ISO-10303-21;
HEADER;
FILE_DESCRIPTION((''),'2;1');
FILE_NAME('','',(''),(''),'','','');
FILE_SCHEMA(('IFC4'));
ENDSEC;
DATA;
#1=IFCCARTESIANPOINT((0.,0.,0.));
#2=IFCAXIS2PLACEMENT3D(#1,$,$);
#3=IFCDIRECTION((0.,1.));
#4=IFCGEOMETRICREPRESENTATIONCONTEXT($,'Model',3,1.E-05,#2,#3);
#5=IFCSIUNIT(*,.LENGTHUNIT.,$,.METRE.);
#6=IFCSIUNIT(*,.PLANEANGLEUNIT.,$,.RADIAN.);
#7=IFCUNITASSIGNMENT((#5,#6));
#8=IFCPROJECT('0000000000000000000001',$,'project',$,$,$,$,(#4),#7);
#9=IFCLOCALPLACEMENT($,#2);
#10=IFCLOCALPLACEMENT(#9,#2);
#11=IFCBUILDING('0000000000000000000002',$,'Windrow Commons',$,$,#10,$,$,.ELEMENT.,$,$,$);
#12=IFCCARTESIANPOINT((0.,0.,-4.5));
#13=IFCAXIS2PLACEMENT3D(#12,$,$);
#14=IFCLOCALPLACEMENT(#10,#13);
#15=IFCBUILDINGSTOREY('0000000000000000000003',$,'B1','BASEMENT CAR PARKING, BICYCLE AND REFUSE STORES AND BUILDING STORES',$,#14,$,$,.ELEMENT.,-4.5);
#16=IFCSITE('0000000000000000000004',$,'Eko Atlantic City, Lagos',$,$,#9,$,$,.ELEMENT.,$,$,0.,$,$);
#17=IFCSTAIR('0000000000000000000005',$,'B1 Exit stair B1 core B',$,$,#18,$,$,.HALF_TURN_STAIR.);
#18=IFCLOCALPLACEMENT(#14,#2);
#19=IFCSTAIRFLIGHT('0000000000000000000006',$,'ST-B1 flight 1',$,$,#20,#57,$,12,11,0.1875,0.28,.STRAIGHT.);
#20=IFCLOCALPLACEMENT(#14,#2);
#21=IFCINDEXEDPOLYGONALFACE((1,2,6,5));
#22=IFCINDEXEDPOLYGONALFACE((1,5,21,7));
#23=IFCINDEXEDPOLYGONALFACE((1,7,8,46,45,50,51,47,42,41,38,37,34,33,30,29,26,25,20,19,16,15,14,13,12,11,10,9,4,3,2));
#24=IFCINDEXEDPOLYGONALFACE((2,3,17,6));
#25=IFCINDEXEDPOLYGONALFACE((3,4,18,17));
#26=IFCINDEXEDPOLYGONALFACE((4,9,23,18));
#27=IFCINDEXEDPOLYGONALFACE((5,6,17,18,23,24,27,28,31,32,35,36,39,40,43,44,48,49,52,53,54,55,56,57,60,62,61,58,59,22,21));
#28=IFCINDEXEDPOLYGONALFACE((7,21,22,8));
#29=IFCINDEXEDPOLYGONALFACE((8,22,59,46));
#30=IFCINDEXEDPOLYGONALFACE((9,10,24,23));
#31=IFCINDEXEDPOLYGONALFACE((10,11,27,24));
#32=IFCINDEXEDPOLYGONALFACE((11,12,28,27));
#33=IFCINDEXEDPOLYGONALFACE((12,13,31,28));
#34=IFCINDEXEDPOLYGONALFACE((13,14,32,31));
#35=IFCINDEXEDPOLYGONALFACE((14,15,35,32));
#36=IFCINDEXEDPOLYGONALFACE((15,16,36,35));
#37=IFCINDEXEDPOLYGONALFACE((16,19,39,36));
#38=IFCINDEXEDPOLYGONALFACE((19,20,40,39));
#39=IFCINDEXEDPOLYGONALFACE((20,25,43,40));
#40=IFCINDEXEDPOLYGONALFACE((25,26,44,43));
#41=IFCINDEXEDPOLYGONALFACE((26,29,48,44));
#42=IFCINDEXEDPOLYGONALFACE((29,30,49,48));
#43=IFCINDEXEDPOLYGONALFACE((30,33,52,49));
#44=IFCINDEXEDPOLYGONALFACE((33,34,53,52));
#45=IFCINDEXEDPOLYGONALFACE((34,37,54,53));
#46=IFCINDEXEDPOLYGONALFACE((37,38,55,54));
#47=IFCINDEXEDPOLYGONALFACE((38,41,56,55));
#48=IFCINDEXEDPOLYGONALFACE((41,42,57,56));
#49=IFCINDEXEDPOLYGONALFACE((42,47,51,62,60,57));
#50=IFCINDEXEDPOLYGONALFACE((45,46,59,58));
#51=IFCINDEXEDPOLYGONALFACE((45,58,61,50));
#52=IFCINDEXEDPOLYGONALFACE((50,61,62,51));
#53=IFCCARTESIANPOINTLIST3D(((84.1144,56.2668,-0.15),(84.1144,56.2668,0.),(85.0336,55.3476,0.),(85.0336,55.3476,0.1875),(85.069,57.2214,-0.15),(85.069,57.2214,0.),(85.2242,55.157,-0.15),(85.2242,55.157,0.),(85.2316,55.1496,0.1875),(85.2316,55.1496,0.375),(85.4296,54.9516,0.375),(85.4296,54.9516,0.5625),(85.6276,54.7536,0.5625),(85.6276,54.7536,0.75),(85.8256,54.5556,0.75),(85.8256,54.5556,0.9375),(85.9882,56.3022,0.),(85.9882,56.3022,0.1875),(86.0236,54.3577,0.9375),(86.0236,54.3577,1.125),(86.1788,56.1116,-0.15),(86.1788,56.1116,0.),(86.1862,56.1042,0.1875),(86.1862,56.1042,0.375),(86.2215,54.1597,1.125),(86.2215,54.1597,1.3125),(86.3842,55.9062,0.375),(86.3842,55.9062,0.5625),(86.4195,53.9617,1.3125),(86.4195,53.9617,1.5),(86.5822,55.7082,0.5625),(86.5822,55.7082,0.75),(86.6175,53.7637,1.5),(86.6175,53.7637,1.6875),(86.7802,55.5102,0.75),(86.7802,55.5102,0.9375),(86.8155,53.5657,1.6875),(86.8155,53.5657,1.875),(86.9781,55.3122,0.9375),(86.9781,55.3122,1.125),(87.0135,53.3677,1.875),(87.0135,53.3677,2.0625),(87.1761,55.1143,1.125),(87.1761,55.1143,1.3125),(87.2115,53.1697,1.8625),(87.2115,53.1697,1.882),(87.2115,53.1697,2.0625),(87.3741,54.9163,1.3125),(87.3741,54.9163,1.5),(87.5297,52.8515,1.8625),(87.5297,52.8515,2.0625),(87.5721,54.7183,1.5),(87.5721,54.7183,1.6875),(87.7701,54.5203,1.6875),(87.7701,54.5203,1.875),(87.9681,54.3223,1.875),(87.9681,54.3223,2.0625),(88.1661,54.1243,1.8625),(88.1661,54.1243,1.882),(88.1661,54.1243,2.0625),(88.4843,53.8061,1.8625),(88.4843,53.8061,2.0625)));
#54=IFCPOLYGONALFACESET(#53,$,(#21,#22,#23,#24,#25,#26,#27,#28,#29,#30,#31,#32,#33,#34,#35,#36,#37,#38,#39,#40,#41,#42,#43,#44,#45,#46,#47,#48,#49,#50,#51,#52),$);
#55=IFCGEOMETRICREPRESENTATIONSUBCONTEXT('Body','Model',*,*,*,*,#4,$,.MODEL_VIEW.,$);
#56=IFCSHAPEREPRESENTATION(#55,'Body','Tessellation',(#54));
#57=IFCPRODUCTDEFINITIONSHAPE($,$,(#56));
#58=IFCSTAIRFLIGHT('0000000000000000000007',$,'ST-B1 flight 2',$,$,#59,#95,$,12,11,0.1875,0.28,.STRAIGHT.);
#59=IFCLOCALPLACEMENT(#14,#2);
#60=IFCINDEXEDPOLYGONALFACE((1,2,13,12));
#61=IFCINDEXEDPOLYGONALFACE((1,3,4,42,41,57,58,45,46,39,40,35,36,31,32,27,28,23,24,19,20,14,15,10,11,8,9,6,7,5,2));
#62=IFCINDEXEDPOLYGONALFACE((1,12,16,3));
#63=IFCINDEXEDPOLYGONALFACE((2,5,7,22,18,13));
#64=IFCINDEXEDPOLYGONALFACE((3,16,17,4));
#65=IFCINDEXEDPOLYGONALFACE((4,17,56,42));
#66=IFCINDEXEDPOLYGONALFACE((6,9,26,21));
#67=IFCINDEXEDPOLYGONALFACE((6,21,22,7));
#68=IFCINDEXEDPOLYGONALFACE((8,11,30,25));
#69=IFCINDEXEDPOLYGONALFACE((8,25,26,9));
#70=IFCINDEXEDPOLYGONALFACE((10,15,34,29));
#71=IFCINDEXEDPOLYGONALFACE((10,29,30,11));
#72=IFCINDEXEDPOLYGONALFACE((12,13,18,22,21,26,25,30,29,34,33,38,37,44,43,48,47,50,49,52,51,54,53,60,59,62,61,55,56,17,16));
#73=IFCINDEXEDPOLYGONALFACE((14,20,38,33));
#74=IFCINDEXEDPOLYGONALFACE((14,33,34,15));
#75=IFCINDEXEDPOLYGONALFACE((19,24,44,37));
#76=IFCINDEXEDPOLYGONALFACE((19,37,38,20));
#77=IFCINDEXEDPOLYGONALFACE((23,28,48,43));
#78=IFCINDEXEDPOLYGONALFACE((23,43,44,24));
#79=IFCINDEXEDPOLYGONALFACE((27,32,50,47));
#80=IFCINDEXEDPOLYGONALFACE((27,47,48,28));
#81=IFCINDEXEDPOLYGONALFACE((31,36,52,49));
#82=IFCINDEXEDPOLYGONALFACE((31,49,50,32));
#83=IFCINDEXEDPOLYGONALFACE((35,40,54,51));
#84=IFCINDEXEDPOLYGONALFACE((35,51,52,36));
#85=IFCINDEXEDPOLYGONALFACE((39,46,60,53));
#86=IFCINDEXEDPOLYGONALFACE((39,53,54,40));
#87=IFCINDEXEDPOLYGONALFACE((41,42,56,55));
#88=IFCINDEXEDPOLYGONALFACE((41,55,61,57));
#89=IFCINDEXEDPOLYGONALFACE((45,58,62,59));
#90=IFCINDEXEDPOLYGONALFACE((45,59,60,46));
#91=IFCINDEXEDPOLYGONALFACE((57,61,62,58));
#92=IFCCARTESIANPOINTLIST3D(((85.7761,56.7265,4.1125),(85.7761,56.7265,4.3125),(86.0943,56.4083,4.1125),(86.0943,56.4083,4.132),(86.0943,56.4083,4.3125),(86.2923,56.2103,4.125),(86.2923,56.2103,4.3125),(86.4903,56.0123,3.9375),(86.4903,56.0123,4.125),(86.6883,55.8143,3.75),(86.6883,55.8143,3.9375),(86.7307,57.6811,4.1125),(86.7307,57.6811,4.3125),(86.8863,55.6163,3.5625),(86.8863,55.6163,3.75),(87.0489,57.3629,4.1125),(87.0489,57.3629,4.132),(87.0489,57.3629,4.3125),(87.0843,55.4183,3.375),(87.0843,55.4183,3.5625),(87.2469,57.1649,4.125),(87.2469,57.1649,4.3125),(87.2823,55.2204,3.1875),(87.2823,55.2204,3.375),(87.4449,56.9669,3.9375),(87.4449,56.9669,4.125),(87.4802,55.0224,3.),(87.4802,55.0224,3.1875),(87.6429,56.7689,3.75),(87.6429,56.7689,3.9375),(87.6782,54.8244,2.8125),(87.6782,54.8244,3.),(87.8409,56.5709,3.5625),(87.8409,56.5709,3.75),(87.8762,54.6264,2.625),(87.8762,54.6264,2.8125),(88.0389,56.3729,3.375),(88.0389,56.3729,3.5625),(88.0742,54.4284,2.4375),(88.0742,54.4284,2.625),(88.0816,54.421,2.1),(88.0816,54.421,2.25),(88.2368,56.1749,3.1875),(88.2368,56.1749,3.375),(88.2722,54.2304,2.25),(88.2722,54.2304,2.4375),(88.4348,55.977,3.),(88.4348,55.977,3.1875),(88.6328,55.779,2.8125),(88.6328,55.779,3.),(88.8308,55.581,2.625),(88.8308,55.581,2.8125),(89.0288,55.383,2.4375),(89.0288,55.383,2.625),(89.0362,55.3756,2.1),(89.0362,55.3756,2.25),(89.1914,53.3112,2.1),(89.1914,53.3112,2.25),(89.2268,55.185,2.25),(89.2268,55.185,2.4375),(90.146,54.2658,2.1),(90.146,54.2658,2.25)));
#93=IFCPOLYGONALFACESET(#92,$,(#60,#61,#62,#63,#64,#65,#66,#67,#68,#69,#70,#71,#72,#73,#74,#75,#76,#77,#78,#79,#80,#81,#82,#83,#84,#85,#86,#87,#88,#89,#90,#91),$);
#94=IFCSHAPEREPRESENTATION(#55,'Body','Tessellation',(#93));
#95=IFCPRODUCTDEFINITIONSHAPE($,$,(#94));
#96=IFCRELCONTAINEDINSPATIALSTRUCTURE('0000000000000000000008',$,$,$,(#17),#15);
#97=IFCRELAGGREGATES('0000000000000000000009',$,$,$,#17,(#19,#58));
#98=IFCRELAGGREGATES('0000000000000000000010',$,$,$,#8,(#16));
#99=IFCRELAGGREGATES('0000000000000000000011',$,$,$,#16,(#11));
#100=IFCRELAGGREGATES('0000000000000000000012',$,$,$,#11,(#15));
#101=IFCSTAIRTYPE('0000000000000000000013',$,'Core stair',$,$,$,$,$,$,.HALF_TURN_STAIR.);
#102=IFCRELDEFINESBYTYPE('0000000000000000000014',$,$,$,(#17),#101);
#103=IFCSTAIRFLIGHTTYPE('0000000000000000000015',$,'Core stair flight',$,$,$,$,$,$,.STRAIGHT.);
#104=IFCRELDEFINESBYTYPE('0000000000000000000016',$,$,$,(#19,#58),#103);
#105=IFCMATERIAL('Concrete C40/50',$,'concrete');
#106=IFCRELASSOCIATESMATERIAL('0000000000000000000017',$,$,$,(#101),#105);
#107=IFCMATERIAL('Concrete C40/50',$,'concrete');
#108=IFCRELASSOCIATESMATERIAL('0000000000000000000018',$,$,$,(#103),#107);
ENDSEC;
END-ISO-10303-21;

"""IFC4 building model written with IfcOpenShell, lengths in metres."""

from ifc_helpers import new_model, si_unit, direction, frame, origin, place, context, subcontext, project, spatial, polyline, outline, extrude, material, type_object, element, aggregate, save


model = new_model("IFC4")

# Units and contexts
model_context = context("Model", 3, precision=1e-05, world=origin(), true_north=direction((0.0, 1.0)))
body_context = subcontext(model_context, "Body", "Model", "MODEL_VIEW")
ifc_project = project(units=[si_unit("LENGTHUNIT", "METRE"), si_unit("PLANEANGLEUNIT", "RADIAN")], contexts=[model_context])

# Site, building, storey
site_placement = place(None, origin())
site = spatial("IfcSite", under=ifc_project, at=site_placement, Name="Eko Atlantic City, Lagos", CompositionType="ELEMENT", RefElevation=0.0)
building_placement = place(site_placement, origin())
building = spatial("IfcBuilding", under=site, at=building_placement, Name="Windrow Commons", CompositionType="ELEMENT")
storey_placement = place(building_placement, frame((0.0, 0.0, -4.5)))
storey = spatial("IfcBuildingStorey", under=building, at=storey_placement, Name="B1", Description="BASEMENT CAR PARKING, BICYCLE AND REFUSE STORES AND BUILDING STORES", CompositionType="ELEMENT", Elevation=-4.5)

# Stair, stair flights
ifc_material_1 = material(Name="Concrete C40/50", Category="concrete")
stair_type = type_object("IfcStairType", Name="Core stair", PredefinedType="HALF_TURN_STAIR", material=ifc_material_1)
stair_placement = place(storey_placement, origin())
stair = element("IfcStair", 1, at=stair_placement, inside=storey, type_object=stair_type, Name="B1 Exit stair B1 core B", PredefinedType="HALF_TURN_STAIR")
ifc_material_2 = material(Name="Concrete C40/50", Category="concrete")
stair_flight_type = type_object("IfcStairFlightType", Name="Core stair flight", PredefinedType="STRAIGHT", material=ifc_material_2)
stair_flight_1_placement = place(storey_placement, frame((85.5109, 55.8249, 0.0), z_axis=(0.0, 0.0, 1.0), x_axis=(0.707107, -0.707107, 0.0)))
stair_flight_1 = element("IfcStairFlight", 2, at=stair_flight_1_placement, type_object=stair_flight_type, Name="ST-B1 flight 1", NumberOfRisers=12, NumberOfTreads=11, PredefinedType="STRAIGHT", RiserHeight=0.1875, TreadLength=0.28, context=body_context, shape_type="SweptSolid", body=[
    extrude(outline(polyline([(-1.3, -0.15), (-1.3, 0.0), (0.0, 0.0), (0.0, 0.1875), (0.28, 0.1875), (0.28, 0.375), (0.56, 0.375), (0.56, 0.5625), (0.84, 0.5625), (0.84, 0.75), (1.12, 0.75), (1.12, 0.9375), (1.4, 0.9375), (1.4, 1.125), (1.68, 1.125), (1.68, 1.3125), (1.96, 1.3125), (1.96, 1.5), (2.24, 1.5), (2.24, 1.6875), (2.52, 1.6875), (2.52, 1.875), (2.8, 1.875), (2.8, 2.0625), (3.08, 2.0625), (3.53, 2.0625), (3.53, 1.8625), (3.08, 1.8625), (3.08, 1.882), (0.2696, 0.0), (0.2696, -0.15), (-1.3, -0.15)])), frame((0.0, 0.675, 0.0), z_axis=(0.0, -1.0, 0.0), x_axis=(1.0, 0.0, 0.0)), (0.0, 0.0, 1.0), 1.35),
])
stair_flight_2_placement = place(storey_placement, frame((88.7495, 54.7077, 2.25), z_axis=(0.0, 0.0, 1.0), x_axis=(-0.707107, 0.707107, 0.0)))
stair_flight_2 = element("IfcStairFlight", 3, at=stair_flight_2_placement, type_object=stair_flight_type, Name="ST-B1 flight 2", NumberOfRisers=12, NumberOfTreads=11, PredefinedType="STRAIGHT", RiserHeight=0.1875, TreadLength=0.28, context=body_context, shape_type="SweptSolid", body=[
    extrude(outline(polyline([(-1.3, -0.15), (-1.3, 0.0), (0.0, 0.0), (0.0, 0.1875), (0.28, 0.1875), (0.28, 0.375), (0.56, 0.375), (0.56, 0.5625), (0.84, 0.5625), (0.84, 0.75), (1.12, 0.75), (1.12, 0.9375), (1.4, 0.9375), (1.4, 1.125), (1.68, 1.125), (1.68, 1.3125), (1.96, 1.3125), (1.96, 1.5), (2.24, 1.5), (2.24, 1.6875), (2.52, 1.6875), (2.52, 1.875), (2.8, 1.875), (2.8, 2.0625), (3.08, 2.0625), (3.53, 2.0625), (3.53, 1.8625), (3.08, 1.8625), (3.08, 1.882), (0.2696, 0.0), (0.2696, -0.15), (-1.3, -0.15)])), frame((0.0, 0.675, 0.0), z_axis=(0.0, -1.0, 0.0), x_axis=(1.0, 0.0, 0.0)), (0.0, 0.0, 1.0), 1.35),
])
aggregate(stair, [stair_flight_1, stair_flight_2])

save(model, "model.ifc")
